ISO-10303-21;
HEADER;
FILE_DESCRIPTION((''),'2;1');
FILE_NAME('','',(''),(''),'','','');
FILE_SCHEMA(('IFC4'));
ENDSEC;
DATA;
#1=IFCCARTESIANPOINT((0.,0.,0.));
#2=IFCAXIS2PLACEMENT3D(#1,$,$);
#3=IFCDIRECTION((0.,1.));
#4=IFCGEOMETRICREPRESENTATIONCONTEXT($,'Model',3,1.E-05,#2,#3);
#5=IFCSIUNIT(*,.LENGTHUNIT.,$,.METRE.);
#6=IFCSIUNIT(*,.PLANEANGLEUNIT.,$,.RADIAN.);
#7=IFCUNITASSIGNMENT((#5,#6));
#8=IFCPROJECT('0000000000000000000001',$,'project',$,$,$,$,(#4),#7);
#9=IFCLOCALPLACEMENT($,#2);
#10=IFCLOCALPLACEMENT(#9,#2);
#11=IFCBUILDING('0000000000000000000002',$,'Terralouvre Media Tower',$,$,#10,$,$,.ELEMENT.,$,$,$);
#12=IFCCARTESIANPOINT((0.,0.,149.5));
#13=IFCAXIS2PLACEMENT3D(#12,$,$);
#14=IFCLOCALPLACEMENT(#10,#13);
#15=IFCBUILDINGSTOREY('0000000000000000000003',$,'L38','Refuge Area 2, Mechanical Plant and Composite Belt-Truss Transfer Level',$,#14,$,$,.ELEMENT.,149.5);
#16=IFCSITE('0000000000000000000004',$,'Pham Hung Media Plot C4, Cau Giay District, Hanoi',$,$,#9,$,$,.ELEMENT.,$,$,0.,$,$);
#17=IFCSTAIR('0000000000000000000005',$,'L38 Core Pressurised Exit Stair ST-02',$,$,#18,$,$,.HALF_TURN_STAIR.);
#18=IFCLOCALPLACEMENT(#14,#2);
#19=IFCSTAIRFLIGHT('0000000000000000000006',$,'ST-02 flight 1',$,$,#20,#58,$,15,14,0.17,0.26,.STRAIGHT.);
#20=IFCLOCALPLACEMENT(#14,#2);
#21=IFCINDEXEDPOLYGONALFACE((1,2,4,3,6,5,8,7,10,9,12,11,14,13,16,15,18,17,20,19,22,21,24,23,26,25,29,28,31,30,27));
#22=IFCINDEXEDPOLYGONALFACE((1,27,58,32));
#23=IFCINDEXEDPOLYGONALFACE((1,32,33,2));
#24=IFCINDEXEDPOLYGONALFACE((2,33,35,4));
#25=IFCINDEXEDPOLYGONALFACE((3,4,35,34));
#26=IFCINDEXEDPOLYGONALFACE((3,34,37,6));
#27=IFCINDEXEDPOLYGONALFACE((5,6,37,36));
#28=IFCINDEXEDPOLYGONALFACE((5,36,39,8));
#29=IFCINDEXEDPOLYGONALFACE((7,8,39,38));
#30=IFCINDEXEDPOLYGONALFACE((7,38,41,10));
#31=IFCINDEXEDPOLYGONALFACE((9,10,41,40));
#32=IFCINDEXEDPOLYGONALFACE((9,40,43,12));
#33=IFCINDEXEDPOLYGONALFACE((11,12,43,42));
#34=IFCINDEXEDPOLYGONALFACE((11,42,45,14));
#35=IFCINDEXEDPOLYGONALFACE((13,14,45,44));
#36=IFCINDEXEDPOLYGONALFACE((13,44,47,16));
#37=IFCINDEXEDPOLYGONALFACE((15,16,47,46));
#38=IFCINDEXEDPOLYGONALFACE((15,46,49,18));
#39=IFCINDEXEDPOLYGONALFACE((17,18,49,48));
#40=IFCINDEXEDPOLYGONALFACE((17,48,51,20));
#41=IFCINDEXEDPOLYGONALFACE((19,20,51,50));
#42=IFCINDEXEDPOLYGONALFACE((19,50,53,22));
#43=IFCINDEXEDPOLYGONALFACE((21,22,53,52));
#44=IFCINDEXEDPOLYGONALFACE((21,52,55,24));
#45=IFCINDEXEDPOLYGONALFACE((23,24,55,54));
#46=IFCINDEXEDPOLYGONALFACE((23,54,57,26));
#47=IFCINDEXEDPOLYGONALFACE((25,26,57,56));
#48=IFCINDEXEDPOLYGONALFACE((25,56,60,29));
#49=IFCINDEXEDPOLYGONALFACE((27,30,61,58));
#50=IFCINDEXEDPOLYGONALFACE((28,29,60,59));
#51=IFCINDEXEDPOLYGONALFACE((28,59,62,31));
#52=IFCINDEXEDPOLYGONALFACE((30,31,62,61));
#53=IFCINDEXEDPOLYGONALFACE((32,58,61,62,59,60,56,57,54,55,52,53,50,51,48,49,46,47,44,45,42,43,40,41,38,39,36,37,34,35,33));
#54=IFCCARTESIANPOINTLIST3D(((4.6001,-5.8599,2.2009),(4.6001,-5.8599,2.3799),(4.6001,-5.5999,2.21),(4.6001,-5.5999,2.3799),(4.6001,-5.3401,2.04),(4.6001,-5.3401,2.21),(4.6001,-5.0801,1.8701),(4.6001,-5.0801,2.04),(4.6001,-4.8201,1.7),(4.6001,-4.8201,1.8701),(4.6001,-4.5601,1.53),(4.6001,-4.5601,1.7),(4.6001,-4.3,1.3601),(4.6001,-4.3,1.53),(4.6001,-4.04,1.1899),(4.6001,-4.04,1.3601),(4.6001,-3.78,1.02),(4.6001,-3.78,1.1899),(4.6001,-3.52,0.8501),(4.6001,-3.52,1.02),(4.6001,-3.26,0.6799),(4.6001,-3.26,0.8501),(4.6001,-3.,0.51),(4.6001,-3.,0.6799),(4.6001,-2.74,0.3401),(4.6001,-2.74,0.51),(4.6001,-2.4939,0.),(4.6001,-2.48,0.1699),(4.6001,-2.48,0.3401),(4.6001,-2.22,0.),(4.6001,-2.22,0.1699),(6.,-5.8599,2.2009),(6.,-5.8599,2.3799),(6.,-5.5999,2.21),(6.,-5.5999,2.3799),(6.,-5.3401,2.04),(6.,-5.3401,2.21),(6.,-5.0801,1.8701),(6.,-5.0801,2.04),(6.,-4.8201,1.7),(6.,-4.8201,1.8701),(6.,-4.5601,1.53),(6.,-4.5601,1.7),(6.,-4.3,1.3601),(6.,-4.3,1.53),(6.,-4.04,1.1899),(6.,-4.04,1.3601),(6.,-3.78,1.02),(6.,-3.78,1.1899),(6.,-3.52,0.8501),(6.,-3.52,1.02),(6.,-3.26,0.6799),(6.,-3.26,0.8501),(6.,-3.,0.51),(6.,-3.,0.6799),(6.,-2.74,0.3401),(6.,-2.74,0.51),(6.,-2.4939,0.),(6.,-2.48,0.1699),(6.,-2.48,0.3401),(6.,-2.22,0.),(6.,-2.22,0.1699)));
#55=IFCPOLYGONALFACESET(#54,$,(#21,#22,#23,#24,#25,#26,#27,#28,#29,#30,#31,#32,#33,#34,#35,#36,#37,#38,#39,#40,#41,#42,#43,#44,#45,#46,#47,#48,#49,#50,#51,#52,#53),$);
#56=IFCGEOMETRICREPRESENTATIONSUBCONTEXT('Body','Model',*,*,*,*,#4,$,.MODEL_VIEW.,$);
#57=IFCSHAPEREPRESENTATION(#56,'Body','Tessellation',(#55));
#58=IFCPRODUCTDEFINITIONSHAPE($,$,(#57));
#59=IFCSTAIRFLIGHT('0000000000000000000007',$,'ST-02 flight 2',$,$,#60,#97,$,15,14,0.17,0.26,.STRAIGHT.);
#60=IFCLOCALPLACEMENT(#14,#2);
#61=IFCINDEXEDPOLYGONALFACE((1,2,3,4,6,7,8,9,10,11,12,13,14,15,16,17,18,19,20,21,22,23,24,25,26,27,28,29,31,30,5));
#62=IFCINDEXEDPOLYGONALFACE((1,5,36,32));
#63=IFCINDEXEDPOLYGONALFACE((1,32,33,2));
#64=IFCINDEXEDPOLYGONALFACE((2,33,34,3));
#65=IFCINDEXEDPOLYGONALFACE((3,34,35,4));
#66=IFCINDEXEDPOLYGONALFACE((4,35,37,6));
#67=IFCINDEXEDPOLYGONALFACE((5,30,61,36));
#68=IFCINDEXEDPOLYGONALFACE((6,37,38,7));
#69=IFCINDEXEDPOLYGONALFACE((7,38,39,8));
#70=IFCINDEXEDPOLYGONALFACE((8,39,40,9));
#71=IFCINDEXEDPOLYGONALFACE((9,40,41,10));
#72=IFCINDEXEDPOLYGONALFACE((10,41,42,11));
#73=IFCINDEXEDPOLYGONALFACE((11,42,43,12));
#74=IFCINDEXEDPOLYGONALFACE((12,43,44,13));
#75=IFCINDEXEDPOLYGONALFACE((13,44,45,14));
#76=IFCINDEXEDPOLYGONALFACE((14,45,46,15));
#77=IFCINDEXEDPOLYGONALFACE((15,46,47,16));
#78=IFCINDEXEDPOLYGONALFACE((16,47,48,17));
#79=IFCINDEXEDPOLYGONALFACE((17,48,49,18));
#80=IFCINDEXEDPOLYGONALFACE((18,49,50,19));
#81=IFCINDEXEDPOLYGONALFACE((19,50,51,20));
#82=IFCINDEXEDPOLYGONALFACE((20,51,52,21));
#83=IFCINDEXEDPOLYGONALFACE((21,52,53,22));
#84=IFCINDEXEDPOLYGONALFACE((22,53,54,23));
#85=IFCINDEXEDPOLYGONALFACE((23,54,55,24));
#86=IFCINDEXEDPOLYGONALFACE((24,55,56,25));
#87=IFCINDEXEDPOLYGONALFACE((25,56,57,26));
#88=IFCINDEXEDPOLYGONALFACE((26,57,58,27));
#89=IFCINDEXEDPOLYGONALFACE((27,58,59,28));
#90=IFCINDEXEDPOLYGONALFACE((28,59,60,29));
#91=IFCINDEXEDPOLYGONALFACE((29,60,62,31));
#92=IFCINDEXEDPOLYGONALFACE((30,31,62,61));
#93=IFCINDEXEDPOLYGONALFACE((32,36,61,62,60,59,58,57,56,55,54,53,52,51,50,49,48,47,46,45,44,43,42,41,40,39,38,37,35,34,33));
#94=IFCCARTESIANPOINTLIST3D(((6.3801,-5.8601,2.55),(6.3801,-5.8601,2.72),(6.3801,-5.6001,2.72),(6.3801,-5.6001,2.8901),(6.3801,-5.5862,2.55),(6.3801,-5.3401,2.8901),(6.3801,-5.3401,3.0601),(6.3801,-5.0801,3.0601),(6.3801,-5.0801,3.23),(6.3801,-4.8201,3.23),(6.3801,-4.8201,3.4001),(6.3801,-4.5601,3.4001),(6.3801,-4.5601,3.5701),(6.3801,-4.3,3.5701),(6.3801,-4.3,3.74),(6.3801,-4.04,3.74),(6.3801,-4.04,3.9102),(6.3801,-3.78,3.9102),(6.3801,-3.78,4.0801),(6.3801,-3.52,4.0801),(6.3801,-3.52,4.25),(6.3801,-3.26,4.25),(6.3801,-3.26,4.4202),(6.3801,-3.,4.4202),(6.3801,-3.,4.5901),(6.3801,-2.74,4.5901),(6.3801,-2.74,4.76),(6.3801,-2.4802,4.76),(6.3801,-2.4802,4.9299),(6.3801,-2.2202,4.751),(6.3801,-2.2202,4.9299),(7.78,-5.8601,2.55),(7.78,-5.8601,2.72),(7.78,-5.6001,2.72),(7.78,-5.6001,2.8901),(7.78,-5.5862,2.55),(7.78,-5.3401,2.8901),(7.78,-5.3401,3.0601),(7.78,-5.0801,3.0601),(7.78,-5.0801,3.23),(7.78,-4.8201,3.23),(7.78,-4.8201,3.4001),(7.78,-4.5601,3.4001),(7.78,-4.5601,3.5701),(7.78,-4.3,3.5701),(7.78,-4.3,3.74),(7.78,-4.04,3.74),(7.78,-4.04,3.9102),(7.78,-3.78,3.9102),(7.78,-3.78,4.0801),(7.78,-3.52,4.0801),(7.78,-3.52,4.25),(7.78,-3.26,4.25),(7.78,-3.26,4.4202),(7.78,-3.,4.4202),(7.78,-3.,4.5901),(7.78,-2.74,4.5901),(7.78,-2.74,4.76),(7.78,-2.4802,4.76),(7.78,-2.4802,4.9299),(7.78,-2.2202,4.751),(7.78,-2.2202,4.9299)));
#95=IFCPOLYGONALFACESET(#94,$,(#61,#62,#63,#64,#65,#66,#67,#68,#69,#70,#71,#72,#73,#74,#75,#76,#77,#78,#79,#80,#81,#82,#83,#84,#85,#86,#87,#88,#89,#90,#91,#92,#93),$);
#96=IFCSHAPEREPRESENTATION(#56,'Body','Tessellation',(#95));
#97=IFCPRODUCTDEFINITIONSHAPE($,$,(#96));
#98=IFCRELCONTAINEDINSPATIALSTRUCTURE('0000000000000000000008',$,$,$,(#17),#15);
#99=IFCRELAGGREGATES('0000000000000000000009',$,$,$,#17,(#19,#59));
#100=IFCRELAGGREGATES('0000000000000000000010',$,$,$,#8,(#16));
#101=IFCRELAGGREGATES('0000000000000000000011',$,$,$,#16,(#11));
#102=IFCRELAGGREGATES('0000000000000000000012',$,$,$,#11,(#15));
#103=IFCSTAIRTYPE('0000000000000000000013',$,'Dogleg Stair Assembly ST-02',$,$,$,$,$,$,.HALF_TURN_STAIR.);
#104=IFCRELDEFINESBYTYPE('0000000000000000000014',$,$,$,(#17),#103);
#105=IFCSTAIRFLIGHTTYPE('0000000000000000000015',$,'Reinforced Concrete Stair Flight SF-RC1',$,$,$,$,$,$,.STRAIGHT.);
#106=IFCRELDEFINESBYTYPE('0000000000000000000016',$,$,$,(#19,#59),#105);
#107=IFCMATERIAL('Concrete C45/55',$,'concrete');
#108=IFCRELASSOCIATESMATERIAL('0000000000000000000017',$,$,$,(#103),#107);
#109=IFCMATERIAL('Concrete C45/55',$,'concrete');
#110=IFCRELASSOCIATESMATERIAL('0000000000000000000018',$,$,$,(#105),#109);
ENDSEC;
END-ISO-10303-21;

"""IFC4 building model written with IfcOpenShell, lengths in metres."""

from ifc_helpers import new_model, si_unit, direction, frame, origin, place, context, subcontext, project, spatial, polyline, outline, extrude, material, type_object, element, aggregate, save


model = new_model("IFC4")

# Units and contexts
model_context = context("Model", 3, precision=1e-05, world=origin(), true_north=direction((0.0, 1.0)))
body_context = subcontext(model_context, "Body", "Model", "MODEL_VIEW")
ifc_project = project(units=[si_unit("LENGTHUNIT", "METRE"), si_unit("PLANEANGLEUNIT", "RADIAN")], contexts=[model_context])

# Site, building, storey
site_placement = place(None, origin())
site = spatial("IfcSite", under=ifc_project, at=site_placement, Name="Pham Hung Media Plot C4, Cau Giay District, Hanoi", CompositionType="ELEMENT", RefElevation=0.0)
building_placement = place(site_placement, origin())
building = spatial("IfcBuilding", under=site, at=building_placement, Name="Terralouvre Media Tower", CompositionType="ELEMENT")
storey_placement = place(building_placement, frame((0.0, 0.0, 149.5)))
storey = spatial("IfcBuildingStorey", under=building, at=storey_placement, Name="L38", Description="Refuge Area 2, Mechanical Plant and Composite Belt-Truss Transfer Level", CompositionType="ELEMENT", Elevation=149.5)

# Stair, stair flights
ifc_material_1 = material(Name="Concrete C45/55", Category="concrete")
stair_type = type_object("IfcStairType", Name="Dogleg Stair Assembly ST-02", PredefinedType="HALF_TURN_STAIR", material=ifc_material_1)
stair_placement = place(storey_placement, origin())
stair = element("IfcStair", 1, at=stair_placement, inside=storey, type_object=stair_type, Name="L38 Core Pressurised Exit Stair ST-02", PredefinedType="HALF_TURN_STAIR")
ifc_material_2 = material(Name="Concrete C45/55", Category="concrete")
stair_flight_type = type_object("IfcStairFlightType", Name="Reinforced Concrete Stair Flight SF-RC1", PredefinedType="STRAIGHT", material=ifc_material_2)
stair_flight_1_placement = place(storey_placement, frame((5.3, -2.22, 0.0), z_axis=(0.0, 0.0, 1.0), x_axis=(0.0, -1.0, 0.0)))
stair_flight_1 = element("IfcStairFlight", 2, at=stair_flight_1_placement, type_object=stair_flight_type, Name="ST-02 flight 1", NumberOfRisers=15, NumberOfTreads=14, PredefinedType="STRAIGHT", RiserHeight=0.17, TreadLength=0.26, context=body_context, shape_type="SweptSolid", body=[
    extrude(outline(polyline([(0.0, 0.0), (0.0, 0.1699), (0.26, 0.1699), (0.26, 0.3401), (0.52, 0.3401), (0.52, 0.51), (0.78, 0.51), (0.78, 0.6799), (1.04, 0.6799), (1.04, 0.8501), (1.3, 0.8501), (1.3, 1.02), (1.5601, 1.02), (1.5601, 1.1899), (1.8201, 1.1899), (1.8201, 1.3601), (2.0801, 1.3601), (2.0801, 1.53), (2.3401, 1.53), (2.3401, 1.7), (2.6001, 1.7), (2.6001, 1.8701), (2.8601, 1.8701), (2.8601, 2.04), (3.1201, 2.04), (3.1201, 2.21), (3.3799, 2.21), (3.3799, 2.3799), (3.6399, 2.3799), (3.6399, 2.55), (3.6399, 2.2009), (0.2739, 0.0), (0.0, 0.0)])), frame((0.0, 0.7, 0.0), z_axis=(0.0, -1.0, 0.0), x_axis=(1.0, 0.0, 0.0)), (0.0, 0.0, 1.0), 1.3999),
])
stair_flight_2_placement = place(storey_placement, frame((7.0801, -5.8601, 2.55), z_axis=(0.0, 0.0, 1.0), x_axis=(0.0, 1.0, 0.0)))
stair_flight_2 = element("IfcStairFlight", 3, at=stair_flight_2_placement, type_object=stair_flight_type, Name="ST-02 flight 2", NumberOfRisers=15, NumberOfTreads=14, PredefinedType="STRAIGHT", RiserHeight=0.17, TreadLength=0.26, context=body_context, shape_type="SweptSolid", body=[
    extrude(outline(polyline([(0.0, 0.0), (0.0, 0.1699), (0.26, 0.1699), (0.26, 0.3401), (0.52, 0.3401), (0.52, 0.51), (0.78, 0.51), (0.78, 0.6799), (1.04, 0.6799), (1.04, 0.8501), (1.3, 0.8501), (1.3, 1.02), (1.5601, 1.02), (1.5601, 1.1899), (1.8201, 1.1899), (1.8201, 1.3601), (2.0801, 1.3601), (2.0801, 1.53), (2.3401, 1.53), (2.3401, 1.7), (2.6001, 1.7), (2.6001, 1.8701), (2.8601, 1.8701), (2.8601, 2.04), (3.1201, 2.04), (3.1201, 2.21), (3.3799, 2.21), (3.3799, 2.3799), (3.6399, 2.3799), (3.6399, 2.55), (3.6399, 2.2009), (0.2739, 0.0), (0.0, 0.0)])), frame((0.0, 0.7, 0.0), z_axis=(0.0, -1.0, 0.0), x_axis=(1.0, 0.0, 0.0)), (0.0, 0.0, 1.0), 1.3999),
])
aggregate(stair, [stair_flight_1, stair_flight_2])

save(model, "model.ifc")
